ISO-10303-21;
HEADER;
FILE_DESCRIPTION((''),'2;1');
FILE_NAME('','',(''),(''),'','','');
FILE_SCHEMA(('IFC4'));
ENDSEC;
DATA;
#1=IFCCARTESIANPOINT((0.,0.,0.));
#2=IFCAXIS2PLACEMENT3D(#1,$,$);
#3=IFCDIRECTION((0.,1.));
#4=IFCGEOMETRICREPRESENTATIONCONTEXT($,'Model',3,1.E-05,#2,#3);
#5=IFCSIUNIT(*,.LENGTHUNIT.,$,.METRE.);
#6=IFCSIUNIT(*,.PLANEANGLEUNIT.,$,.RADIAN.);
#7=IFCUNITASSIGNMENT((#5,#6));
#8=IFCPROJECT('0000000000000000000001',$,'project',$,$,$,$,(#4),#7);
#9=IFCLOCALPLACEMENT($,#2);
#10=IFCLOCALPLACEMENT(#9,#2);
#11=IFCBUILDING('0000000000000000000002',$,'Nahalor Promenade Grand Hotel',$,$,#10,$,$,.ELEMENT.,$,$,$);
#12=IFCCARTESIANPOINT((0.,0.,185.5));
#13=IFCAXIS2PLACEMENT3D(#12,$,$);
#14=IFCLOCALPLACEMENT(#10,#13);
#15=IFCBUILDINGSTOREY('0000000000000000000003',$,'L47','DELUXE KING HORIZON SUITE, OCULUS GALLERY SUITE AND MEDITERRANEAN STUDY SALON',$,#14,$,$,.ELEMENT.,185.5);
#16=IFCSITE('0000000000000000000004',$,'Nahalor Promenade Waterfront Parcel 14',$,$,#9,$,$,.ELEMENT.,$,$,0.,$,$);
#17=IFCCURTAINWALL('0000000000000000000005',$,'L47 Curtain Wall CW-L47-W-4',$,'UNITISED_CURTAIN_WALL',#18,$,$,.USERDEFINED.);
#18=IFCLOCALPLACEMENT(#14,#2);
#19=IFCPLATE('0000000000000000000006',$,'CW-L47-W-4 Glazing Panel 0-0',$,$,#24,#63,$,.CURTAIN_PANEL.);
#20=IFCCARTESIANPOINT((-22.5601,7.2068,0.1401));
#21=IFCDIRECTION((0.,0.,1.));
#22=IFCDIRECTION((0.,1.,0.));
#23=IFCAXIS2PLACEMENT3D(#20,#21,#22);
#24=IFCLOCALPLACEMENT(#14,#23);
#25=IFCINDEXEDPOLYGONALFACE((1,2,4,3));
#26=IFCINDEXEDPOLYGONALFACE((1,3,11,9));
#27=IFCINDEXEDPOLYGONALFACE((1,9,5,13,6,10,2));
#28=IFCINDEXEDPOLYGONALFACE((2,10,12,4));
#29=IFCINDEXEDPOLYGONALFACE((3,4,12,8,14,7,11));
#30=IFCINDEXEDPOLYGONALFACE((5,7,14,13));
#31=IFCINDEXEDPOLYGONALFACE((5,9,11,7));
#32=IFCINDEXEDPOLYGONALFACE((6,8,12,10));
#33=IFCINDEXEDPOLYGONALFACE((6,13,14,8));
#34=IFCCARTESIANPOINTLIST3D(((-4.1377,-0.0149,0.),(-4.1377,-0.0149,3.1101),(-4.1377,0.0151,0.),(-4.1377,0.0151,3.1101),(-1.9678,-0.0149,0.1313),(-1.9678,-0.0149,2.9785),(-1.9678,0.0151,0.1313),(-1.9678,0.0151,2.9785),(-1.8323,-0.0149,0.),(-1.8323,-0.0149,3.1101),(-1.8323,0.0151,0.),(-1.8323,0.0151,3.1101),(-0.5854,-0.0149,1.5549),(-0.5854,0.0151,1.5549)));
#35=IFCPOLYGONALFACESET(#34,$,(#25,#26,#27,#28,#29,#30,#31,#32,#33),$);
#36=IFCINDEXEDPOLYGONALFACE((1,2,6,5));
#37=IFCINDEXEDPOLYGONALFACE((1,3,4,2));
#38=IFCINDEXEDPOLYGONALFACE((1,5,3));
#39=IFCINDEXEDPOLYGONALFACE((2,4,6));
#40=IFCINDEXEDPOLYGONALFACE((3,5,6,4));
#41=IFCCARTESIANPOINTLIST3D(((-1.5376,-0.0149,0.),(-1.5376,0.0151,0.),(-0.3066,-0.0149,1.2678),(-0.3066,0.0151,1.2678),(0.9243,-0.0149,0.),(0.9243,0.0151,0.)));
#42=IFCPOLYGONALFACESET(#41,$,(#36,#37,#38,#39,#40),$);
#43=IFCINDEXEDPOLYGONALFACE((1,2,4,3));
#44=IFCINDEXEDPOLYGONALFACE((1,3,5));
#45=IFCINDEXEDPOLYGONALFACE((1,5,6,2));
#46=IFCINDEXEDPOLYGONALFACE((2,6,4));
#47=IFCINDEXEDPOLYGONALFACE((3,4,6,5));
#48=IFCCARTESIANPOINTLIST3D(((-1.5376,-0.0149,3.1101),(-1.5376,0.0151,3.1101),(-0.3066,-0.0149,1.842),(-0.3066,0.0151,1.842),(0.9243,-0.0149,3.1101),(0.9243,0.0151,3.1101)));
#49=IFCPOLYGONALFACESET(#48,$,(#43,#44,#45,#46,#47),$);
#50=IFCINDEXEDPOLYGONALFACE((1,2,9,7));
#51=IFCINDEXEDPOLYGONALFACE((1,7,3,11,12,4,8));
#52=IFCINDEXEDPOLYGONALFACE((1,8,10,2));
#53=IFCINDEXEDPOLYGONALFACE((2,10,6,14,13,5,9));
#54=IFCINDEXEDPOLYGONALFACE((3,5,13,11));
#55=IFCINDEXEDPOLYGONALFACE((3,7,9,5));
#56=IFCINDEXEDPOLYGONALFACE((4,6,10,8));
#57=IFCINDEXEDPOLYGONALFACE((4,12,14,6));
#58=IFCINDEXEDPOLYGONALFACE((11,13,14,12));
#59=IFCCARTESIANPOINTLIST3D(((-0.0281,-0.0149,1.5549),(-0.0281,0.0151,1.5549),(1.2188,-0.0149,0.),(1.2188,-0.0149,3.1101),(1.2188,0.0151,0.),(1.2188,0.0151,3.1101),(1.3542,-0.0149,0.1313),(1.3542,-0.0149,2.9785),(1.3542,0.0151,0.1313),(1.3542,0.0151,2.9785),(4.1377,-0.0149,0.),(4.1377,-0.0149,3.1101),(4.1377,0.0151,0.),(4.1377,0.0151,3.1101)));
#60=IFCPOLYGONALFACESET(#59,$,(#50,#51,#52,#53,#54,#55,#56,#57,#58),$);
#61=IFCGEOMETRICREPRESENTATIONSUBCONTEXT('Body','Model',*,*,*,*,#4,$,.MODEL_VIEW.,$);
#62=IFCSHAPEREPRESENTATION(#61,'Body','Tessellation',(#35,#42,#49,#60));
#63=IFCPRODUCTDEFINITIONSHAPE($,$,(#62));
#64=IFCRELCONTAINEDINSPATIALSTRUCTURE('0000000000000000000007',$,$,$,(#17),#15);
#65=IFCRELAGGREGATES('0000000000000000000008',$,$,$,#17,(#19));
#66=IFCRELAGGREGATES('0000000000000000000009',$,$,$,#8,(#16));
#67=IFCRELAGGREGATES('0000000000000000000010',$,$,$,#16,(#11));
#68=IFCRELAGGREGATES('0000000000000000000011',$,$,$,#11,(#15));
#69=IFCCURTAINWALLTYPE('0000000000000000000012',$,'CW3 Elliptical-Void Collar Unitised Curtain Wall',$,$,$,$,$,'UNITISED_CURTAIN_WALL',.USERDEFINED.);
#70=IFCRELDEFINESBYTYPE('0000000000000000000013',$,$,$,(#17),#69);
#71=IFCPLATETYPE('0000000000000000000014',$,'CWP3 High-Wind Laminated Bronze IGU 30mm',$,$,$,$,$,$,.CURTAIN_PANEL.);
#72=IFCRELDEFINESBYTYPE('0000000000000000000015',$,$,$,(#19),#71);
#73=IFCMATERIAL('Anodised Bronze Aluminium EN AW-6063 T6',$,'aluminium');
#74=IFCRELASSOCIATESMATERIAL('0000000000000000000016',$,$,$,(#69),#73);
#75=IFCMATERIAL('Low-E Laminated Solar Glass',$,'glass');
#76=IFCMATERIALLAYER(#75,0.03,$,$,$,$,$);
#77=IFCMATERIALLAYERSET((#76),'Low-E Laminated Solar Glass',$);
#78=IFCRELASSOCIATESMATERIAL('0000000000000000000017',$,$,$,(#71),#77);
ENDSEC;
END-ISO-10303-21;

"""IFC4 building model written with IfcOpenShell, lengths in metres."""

from ifc_helpers import new_model, si_unit, direction, frame, origin, place, context, subcontext, project, spatial, polyline, outline, extrude, material, layer, layer_set, type_object, element, aggregate, save


model = new_model("IFC4")

# Units and contexts
model_context = context("Model", 3, precision=1e-05, world=origin(), true_north=direction((0.0, 1.0)))
body_context = subcontext(model_context, "Body", "Model", "MODEL_VIEW")
ifc_project = project(units=[si_unit("LENGTHUNIT", "METRE"), si_unit("PLANEANGLEUNIT", "RADIAN")], contexts=[model_context])

# Site, building, storey
site_placement = place(None, origin())
site = spatial("IfcSite", under=ifc_project, at=site_placement, Name="Nahalor Promenade Waterfront Parcel 14", CompositionType="ELEMENT", RefElevation=0.0)
building_placement = place(site_placement, origin())
building = spatial("IfcBuilding", under=site, at=building_placement, Name="Nahalor Promenade Grand Hotel", CompositionType="ELEMENT")
storey_placement = place(building_placement, frame((0.0, 0.0, 185.5)))
storey = spatial("IfcBuildingStorey", under=building, at=storey_placement, Name="L47", Description="DELUXE KING HORIZON SUITE, OCULUS GALLERY SUITE AND MEDITERRANEAN STUDY SALON", CompositionType="ELEMENT", Elevation=185.5)

# Curtain wall
ifc_material_1 = material(Name="Anodised Bronze Aluminium EN AW-6063 T6", Category="aluminium")
curtain_wall_type = type_object("IfcCurtainWallType", Name="CW3 Elliptical-Void Collar Unitised Curtain Wall", ElementType="UNITISED_CURTAIN_WALL", PredefinedType="USERDEFINED", material=ifc_material_1)
curtain_wall_1_placement = place(storey_placement, origin())
curtain_wall_1 = element("IfcCurtainWall", 1, at=curtain_wall_1_placement, inside=storey, type_object=curtain_wall_type, Name="L47 Curtain Wall CW-L47-W-4", ObjectType="UNITISED_CURTAIN_WALL", PredefinedType="USERDEFINED")

# Plate
ifc_material_2 = material(Name="Low-E Laminated Solar Glass", Category="glass")
ifc_layer_1 = layer(ifc_material_2, 0.03)
ifc_layer_set_1 = layer_set([ifc_layer_1], Name="Low-E Laminated Solar Glass")
plate_type_1 = type_object("IfcPlateType", Name="CWP3 High-Wind Laminated Bronze IGU 30mm", PredefinedType="CURTAIN_PANEL", material=ifc_layer_set_1)
plate_1_placement = place(storey_placement, frame((-22.5601, 7.2068, 0.1401), z_axis=(0.0, 0.0, 1.0), x_axis=(0.0, 1.0, 0.0)))
plate_1 = element("IfcPlate", 2, at=plate_1_placement, type_object=plate_type_1, Name="CW-L47-W-4 Glazing Panel 0-0", PredefinedType="CURTAIN_PANEL", context=body_context, shape_type="SweptSolid", body=[
    extrude(outline(polyline([(-4.1377, 3.1101), (-4.1377, 0.0), (-1.8323, 0.0), (-1.9678, 0.1313), (-0.5854, 1.5549), (-1.9678, 2.9785), (-1.8323, 3.1101), (-4.1377, 3.1101)])), frame((0.0, 0.0151, 0.0), z_axis=(0.0, -1.0, 0.0), x_axis=(1.0, 0.0, 0.0)), (0.0, 0.0, 1.0), 0.03),
    extrude(outline(polyline([(-0.3066, 1.2678), (-1.5376, 0.0), (0.9243, 0.0), (-0.3066, 1.2678)])), frame((0.0, 0.0151, 0.0), z_axis=(0.0, -1.0, 0.0), x_axis=(1.0, 0.0, 0.0)), (0.0, 0.0, 1.0), 0.03),
    extrude(outline(polyline([(-0.3066, 1.842), (0.9243, 3.1101), (-1.5376, 3.1101), (-0.3066, 1.842)])), frame((0.0, 0.0151, 0.0), z_axis=(0.0, -1.0, 0.0), x_axis=(1.0, 0.0, 0.0)), (0.0, 0.0, 1.0), 0.03),
    extrude(outline(polyline([(4.1377, 0.0), (4.1377, 3.1101), (1.2188, 3.1101), (1.3542, 2.9785), (-0.0281, 1.5549), (1.3542, 0.1313), (1.2188, 0.0), (4.1377, 0.0)])), frame((0.0, 0.0151, 0.0), z_axis=(0.0, -1.0, 0.0), x_axis=(1.0, 0.0, 0.0)), (0.0, 0.0, 1.0), 0.03),
])
aggregate(curtain_wall_1, [plate_1])

save(model, "model.ifc")
